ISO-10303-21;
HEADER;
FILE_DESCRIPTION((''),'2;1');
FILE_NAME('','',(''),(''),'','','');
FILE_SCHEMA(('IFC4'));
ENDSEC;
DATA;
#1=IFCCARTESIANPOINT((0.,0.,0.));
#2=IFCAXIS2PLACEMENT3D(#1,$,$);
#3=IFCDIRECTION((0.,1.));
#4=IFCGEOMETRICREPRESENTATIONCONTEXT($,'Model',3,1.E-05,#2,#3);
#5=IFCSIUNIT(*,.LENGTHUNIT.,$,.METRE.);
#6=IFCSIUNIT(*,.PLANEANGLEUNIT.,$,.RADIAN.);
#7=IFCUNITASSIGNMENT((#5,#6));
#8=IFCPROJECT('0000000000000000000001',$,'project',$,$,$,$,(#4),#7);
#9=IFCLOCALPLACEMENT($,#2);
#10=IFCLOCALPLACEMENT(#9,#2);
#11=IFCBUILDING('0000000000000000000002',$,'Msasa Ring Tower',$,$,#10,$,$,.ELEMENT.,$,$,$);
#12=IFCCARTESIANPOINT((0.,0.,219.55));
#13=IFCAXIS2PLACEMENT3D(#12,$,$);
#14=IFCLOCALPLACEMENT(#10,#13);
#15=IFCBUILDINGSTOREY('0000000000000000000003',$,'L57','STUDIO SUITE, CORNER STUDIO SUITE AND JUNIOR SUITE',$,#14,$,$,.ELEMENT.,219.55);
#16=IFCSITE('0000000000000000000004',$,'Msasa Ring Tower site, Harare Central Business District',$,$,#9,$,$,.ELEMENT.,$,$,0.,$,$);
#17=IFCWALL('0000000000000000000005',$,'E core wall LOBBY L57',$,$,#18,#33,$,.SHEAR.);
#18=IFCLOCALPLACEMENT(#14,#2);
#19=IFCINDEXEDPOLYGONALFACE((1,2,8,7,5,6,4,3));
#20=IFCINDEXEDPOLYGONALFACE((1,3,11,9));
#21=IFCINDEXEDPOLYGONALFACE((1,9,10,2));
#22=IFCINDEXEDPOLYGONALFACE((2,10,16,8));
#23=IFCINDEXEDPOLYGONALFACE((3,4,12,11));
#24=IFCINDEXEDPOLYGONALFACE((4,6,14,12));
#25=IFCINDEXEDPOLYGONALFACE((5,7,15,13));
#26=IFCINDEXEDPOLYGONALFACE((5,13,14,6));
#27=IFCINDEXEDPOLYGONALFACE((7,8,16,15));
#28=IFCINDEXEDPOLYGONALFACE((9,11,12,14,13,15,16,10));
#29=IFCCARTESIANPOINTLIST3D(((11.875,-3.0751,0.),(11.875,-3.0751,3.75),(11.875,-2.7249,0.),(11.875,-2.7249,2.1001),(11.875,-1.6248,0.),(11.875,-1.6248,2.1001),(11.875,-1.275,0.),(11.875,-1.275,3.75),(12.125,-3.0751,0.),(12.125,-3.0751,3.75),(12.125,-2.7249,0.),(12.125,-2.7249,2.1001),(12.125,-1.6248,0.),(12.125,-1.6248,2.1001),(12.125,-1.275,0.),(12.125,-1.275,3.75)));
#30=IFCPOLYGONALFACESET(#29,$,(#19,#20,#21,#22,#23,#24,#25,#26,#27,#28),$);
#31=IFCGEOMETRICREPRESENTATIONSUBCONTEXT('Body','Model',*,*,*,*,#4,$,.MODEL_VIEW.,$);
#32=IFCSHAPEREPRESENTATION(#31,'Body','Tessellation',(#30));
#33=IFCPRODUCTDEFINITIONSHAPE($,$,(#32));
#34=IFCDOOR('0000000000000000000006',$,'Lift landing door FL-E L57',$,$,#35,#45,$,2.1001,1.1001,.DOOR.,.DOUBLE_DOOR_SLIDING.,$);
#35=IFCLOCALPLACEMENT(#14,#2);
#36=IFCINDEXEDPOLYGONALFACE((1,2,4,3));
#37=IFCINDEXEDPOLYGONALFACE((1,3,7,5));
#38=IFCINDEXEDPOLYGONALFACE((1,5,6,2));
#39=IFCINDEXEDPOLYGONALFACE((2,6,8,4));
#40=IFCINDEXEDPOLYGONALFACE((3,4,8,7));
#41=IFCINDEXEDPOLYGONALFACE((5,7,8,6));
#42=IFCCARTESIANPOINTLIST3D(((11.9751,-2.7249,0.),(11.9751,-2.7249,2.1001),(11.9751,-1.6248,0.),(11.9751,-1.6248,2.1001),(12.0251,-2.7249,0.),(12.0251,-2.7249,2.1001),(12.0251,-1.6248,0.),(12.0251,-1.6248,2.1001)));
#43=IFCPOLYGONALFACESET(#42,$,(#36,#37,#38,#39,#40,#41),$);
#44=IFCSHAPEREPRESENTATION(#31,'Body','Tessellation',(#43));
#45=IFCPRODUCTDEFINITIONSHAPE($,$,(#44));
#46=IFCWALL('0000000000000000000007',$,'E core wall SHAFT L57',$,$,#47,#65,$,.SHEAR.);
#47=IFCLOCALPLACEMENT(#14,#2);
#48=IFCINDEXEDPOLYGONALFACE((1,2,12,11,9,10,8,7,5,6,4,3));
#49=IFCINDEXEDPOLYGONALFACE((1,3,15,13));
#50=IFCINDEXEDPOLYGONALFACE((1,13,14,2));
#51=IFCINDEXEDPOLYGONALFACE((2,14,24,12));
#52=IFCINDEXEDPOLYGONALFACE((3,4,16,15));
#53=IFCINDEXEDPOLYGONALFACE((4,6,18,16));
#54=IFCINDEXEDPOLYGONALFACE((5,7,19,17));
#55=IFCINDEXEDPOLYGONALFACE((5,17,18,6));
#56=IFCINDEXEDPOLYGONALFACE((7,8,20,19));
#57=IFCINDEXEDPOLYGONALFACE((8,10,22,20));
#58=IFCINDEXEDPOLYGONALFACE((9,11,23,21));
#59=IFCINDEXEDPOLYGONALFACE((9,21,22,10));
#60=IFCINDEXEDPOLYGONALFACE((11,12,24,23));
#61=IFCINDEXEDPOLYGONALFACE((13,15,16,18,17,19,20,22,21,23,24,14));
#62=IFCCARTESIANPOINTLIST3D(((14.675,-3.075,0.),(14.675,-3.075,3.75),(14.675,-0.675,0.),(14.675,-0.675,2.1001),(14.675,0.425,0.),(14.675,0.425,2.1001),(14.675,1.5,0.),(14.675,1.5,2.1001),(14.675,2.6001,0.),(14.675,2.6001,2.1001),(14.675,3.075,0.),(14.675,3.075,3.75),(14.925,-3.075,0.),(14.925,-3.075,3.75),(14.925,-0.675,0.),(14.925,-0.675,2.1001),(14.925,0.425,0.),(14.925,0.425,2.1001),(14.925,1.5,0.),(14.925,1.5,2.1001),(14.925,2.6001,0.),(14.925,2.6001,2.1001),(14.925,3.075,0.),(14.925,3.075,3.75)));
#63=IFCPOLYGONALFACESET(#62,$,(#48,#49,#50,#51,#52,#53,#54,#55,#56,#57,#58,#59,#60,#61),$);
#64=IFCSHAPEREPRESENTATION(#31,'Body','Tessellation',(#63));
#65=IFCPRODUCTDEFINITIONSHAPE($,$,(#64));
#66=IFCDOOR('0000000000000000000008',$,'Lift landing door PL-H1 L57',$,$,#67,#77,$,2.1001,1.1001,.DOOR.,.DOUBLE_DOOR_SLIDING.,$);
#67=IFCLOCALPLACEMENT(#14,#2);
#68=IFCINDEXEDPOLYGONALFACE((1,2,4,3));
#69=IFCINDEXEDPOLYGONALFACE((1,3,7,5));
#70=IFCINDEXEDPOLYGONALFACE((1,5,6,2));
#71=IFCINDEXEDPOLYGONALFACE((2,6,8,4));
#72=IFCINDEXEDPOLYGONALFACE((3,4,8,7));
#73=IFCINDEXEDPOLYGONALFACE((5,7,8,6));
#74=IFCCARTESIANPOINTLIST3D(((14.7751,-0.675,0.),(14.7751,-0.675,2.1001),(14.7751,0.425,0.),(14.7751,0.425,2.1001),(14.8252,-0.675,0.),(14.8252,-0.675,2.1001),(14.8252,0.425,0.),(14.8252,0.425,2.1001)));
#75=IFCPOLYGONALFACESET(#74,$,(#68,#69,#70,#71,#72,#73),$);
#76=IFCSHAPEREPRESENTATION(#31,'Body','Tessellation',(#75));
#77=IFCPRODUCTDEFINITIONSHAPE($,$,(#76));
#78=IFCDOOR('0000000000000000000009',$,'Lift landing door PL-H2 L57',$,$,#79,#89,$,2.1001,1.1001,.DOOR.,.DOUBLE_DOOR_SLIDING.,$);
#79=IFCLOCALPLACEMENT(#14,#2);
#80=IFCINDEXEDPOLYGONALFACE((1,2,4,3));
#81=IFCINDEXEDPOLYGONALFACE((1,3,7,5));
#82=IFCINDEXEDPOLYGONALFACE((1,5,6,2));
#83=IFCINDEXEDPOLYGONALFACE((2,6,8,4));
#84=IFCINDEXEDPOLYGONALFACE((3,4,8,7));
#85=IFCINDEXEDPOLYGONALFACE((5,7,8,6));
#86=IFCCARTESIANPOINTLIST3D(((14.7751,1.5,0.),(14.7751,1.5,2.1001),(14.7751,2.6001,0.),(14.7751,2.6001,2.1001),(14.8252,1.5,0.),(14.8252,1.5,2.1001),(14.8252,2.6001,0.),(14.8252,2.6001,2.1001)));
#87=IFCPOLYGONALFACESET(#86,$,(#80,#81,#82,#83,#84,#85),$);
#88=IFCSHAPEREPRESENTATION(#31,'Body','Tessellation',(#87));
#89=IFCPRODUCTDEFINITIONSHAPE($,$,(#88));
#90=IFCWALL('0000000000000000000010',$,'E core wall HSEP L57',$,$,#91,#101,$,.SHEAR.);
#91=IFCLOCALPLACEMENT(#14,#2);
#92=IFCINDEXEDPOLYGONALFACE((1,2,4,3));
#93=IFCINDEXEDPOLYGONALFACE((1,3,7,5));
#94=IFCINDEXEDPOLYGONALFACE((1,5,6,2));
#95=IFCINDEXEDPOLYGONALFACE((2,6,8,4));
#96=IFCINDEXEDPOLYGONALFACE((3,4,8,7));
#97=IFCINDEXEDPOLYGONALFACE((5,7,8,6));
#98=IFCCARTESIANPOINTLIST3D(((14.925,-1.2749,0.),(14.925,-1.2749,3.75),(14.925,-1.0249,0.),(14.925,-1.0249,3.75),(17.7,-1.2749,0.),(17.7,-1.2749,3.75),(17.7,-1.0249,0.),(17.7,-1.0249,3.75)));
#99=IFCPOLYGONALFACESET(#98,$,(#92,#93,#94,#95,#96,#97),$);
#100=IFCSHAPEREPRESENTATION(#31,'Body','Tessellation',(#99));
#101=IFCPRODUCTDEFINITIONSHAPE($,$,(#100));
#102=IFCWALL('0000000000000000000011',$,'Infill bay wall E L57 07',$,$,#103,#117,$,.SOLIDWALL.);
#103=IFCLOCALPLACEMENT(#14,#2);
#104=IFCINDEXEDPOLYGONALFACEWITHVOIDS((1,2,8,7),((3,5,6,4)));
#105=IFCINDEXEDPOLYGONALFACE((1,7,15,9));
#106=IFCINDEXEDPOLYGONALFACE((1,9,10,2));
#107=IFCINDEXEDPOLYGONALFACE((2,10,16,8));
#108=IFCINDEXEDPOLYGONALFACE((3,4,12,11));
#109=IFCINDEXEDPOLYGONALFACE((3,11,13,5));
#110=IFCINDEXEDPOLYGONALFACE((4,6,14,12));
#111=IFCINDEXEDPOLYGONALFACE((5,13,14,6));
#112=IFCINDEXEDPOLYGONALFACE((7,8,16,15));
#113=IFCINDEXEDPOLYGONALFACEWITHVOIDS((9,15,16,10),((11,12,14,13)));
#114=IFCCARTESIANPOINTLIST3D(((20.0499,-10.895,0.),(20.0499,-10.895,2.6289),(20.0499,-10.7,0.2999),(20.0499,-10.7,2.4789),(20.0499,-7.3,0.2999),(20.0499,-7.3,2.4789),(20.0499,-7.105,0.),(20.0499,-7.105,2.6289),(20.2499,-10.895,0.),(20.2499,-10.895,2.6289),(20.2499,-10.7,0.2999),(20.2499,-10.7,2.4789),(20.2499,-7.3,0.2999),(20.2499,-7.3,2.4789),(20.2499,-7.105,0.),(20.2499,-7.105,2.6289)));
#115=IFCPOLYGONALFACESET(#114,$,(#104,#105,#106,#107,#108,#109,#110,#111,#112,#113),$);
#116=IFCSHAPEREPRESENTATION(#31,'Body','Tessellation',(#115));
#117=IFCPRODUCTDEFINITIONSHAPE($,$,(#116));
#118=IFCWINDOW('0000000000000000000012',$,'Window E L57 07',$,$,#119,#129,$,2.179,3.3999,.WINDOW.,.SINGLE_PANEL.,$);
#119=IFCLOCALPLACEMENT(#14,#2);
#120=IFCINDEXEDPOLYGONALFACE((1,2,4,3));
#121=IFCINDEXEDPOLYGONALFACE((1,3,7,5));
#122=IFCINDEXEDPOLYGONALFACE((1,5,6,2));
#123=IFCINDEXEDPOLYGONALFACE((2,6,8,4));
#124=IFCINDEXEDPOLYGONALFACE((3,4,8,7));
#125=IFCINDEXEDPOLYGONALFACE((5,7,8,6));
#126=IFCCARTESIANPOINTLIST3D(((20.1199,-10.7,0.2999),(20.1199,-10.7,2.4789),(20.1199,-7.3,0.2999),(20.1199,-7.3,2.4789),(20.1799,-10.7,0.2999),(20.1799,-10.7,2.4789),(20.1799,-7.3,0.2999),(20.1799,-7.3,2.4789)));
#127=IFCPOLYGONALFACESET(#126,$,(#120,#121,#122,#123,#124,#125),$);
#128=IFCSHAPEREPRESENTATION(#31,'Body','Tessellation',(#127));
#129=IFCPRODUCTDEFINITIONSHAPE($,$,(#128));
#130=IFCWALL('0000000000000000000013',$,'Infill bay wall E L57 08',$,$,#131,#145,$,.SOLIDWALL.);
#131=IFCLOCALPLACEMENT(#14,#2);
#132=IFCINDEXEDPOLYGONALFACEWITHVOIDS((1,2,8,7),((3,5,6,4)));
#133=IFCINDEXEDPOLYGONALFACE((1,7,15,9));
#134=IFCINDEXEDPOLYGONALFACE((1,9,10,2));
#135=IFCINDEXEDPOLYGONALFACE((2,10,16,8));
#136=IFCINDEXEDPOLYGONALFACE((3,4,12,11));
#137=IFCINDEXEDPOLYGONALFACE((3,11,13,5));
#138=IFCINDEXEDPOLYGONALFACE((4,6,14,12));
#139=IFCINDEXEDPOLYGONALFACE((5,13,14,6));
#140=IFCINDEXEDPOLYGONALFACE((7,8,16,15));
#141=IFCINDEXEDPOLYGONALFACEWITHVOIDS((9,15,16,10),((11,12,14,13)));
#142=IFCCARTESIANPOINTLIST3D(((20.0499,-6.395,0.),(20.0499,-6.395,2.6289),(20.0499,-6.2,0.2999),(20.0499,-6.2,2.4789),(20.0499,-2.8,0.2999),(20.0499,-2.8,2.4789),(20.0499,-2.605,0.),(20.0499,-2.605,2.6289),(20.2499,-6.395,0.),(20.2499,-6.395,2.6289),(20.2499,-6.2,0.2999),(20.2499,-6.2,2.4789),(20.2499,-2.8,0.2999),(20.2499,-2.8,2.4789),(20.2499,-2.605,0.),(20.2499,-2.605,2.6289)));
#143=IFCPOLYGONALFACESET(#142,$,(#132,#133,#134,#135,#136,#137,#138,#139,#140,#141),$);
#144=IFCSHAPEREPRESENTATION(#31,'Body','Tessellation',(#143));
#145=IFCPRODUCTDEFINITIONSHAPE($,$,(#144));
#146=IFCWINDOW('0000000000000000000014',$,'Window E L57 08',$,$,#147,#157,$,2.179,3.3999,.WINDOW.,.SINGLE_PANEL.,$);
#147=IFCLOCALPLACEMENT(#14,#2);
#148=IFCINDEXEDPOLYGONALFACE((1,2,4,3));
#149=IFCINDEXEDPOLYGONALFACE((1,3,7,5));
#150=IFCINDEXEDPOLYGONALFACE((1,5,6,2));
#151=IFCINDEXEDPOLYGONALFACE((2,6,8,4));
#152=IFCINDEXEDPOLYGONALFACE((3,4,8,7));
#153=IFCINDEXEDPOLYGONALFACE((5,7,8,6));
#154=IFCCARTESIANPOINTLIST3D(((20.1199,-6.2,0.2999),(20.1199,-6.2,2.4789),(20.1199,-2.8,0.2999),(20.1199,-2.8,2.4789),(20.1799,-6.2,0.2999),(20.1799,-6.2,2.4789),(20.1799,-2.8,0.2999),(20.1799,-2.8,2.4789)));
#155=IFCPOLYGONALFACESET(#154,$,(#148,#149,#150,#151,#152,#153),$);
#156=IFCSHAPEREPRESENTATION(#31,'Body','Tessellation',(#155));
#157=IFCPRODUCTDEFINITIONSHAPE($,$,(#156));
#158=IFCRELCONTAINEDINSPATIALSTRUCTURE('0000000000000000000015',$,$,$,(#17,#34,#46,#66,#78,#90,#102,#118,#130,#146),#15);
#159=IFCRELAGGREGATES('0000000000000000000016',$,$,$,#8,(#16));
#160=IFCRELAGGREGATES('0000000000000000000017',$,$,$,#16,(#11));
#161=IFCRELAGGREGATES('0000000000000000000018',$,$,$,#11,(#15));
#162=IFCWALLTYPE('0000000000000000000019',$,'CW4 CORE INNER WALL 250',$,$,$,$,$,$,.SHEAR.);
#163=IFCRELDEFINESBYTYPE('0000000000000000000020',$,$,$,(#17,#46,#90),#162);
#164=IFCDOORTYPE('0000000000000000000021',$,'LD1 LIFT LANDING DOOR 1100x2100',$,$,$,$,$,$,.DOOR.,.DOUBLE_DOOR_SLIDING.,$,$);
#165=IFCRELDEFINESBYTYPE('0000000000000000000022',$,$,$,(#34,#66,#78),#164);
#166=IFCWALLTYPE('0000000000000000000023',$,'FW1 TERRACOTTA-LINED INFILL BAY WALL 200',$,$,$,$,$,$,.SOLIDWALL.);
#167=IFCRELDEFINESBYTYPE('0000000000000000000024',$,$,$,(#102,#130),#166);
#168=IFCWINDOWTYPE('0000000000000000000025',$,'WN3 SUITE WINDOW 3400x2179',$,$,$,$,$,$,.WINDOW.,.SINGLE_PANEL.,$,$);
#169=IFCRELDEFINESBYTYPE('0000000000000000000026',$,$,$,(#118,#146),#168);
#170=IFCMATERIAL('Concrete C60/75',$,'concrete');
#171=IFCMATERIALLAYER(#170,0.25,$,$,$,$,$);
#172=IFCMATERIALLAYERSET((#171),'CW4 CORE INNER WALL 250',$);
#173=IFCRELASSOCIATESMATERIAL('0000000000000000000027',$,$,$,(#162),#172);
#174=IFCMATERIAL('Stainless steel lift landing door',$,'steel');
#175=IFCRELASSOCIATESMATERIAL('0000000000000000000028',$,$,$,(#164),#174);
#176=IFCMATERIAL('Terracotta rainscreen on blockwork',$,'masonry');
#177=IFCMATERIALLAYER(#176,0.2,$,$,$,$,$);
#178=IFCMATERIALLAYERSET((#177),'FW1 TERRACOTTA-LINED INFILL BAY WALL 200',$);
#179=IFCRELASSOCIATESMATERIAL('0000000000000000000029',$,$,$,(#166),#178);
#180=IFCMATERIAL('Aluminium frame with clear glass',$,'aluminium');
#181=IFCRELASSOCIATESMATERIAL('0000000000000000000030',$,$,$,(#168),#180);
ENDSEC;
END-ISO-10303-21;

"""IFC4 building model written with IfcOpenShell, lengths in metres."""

from ifc_helpers import new_model, si_unit, direction, frame, frame_2d, origin, place, context, subcontext, project, spatial, rectangle, extrude, material, layer, layer_set, type_object, element, fill, save


model = new_model("IFC4")

# Units and contexts
model_context = context("Model", 3, precision=1e-05, world=origin(), true_north=direction((0.0, 1.0)))
body_context = subcontext(model_context, "Body", "Model", "MODEL_VIEW")
ifc_project = project(units=[si_unit("LENGTHUNIT", "METRE"), si_unit("PLANEANGLEUNIT", "RADIAN")], contexts=[model_context])

# Site, building, storey
site_placement = place(None, origin())
site = spatial("IfcSite", under=ifc_project, at=site_placement, Name="Msasa Ring Tower site, Harare Central Business District", CompositionType="ELEMENT", RefElevation=0.0)
building_placement = place(site_placement, origin())
building = spatial("IfcBuilding", under=site, at=building_placement, Name="Msasa Ring Tower", CompositionType="ELEMENT")
storey_placement = place(building_placement, frame((0.0, 0.0, 219.55)))
storey = spatial("IfcBuildingStorey", under=building, at=storey_placement, Name="L57", Description="STUDIO SUITE, CORNER STUDIO SUITE AND JUNIOR SUITE", CompositionType="ELEMENT", Elevation=219.55)

# Shared definitions
ifc_material_1 = material(Name="Concrete C60/75", Category="concrete")
ifc_layer_1 = layer(ifc_material_1, 0.25)
ifc_layer_set_1 = layer_set([ifc_layer_1], Name="CW4 CORE INNER WALL 250")
wall_type_1 = type_object("IfcWallType", Name="CW4 CORE INNER WALL 250", PredefinedType="SHEAR", material=ifc_layer_set_1)

# Wall, opening, door
wall_1_placement = place(storey_placement, frame((12.0, -3.075, 0.0), z_axis=(0.0, 0.0, 1.0), x_axis=(0.0, 1.0, 0.0)))
wall_1 = element("IfcWall", 1, at=wall_1_placement, inside=storey, type_object=wall_type_1, Name="E core wall LOBBY L57", PredefinedType="SHEAR", context=body_context, shape_type="SweptSolid", body=[
    extrude(rectangle(XDim=1.8, YDim=0.25, at=frame_2d((0.8999, 0.0))), origin(), (0.0, 0.0, 1.0), 3.75),
])
opening_1_placement = place(wall_1_placement, frame((0.3501, 0.0, 0.0)))
opening_1 = element("IfcOpeningElement", 2, at=opening_1_placement, cuts=wall_1, PredefinedType="OPENING", context=body_context, shape_type="SweptSolid", body=[
    extrude(rectangle(XDim=1.1001, YDim=2.1001, at=frame_2d((0.55, 1.05))), frame((0.0, 0.135, 0.0), z_axis=(0.0, -1.0, 0.0), x_axis=(1.0, 0.0, 0.0)), (0.0, 0.0, 1.0), 0.27),
])
ifc_material_2 = material(Name="Stainless steel lift landing door", Category="steel")
door_type_1 = type_object("IfcDoorType", Name="LD1 LIFT LANDING DOOR 1100x2100", OperationType="DOUBLE_DOOR_SLIDING", PredefinedType="DOOR", material=ifc_material_2)
door_1_placement = place(opening_1_placement, origin())
door_1 = element("IfcDoor", 3, at=door_1_placement, inside=storey, type_object=door_type_1, Name="Lift landing door FL-E L57", OperationType="DOUBLE_DOOR_SLIDING", OverallHeight=2.1001, OverallWidth=1.1001, PredefinedType="DOOR", context=body_context, shape_type="SweptSolid", body=[
    extrude(rectangle(XDim=1.1001, YDim=2.1001, at=frame_2d((0.55, 1.05))), frame((0.0, 0.0249, 0.0), z_axis=(0.0, -1.0, 0.0), x_axis=(1.0, 0.0, 0.0)), (0.0, 0.0, 1.0), 0.05),
])
fill(opening_1, door_1)

# Wall, openings, doors
wall_2_placement = place(storey_placement, frame((14.8, -3.075, 0.0), z_axis=(0.0, 0.0, 1.0), x_axis=(0.0, 1.0, 0.0)))
wall_2 = element("IfcWall", 4, at=wall_2_placement, inside=storey, type_object=wall_type_1, Name="E core wall SHAFT L57", PredefinedType="SHEAR", context=body_context, shape_type="SweptSolid", body=[
    extrude(rectangle(XDim=6.1499, YDim=0.25, at=frame_2d((3.075, 0.0))), origin(), (0.0, 0.0, 1.0), 3.75),
])
opening_2_placement = place(wall_2_placement, frame((2.3999, 0.0, 0.0)))
opening_2 = element("IfcOpeningElement", 5, at=opening_2_placement, cuts=wall_2, PredefinedType="OPENING", context=body_context, shape_type="SweptSolid", body=[
    extrude(rectangle(XDim=1.1001, YDim=2.1001, at=frame_2d((0.55, 1.05))), frame((0.0, 0.135, 0.0), z_axis=(0.0, -1.0, 0.0), x_axis=(1.0, 0.0, 0.0)), (0.0, 0.0, 1.0), 0.27),
])
opening_3_placement = place(wall_2_placement, frame((4.575, 0.0, 0.0)))
opening_3 = element("IfcOpeningElement", 6, at=opening_3_placement, cuts=wall_2, PredefinedType="OPENING", context=body_context, shape_type="SweptSolid", body=[
    extrude(rectangle(XDim=1.1001, YDim=2.1001, at=frame_2d((0.55, 1.05))), frame((0.0, 0.135, 0.0), z_axis=(0.0, -1.0, 0.0), x_axis=(1.0, 0.0, 0.0)), (0.0, 0.0, 1.0), 0.27),
])
door_2_placement = place(opening_2_placement, origin())
door_2 = element("IfcDoor", 7, at=door_2_placement, inside=storey, type_object=door_type_1, Name="Lift landing door PL-H1 L57", OperationType="DOUBLE_DOOR_SLIDING", OverallHeight=2.1001, OverallWidth=1.1001, PredefinedType="DOOR", context=body_context, shape_type="SweptSolid", body=[
    extrude(rectangle(XDim=1.1001, YDim=2.1001, at=frame_2d((0.55, 1.05))), frame((0.0, 0.0249, 0.0), z_axis=(0.0, -1.0, 0.0), x_axis=(1.0, 0.0, 0.0)), (0.0, 0.0, 1.0), 0.05),
])
fill(opening_2, door_2)
door_3_placement = place(opening_3_placement, origin())
door_3 = element("IfcDoor", 8, at=door_3_placement, inside=storey, type_object=door_type_1, Name="Lift landing door PL-H2 L57", OperationType="DOUBLE_DOOR_SLIDING", OverallHeight=2.1001, OverallWidth=1.1001, PredefinedType="DOOR", context=body_context, shape_type="SweptSolid", body=[
    extrude(rectangle(XDim=1.1001, YDim=2.1001, at=frame_2d((0.55, 1.05))), frame((0.0, 0.0249, 0.0), z_axis=(0.0, -1.0, 0.0), x_axis=(1.0, 0.0, 0.0)), (0.0, 0.0, 1.0), 0.05),
])
fill(opening_3, door_3)

# Wall
wall_3_placement = place(storey_placement, frame((14.925, -1.1499, 0.0), z_axis=(0.0, 0.0, 1.0), x_axis=(1.0, 0.0, 0.0)))
element("IfcWall", 9, at=wall_3_placement, inside=storey, type_object=wall_type_1, Name="E core wall HSEP L57", PredefinedType="SHEAR", context=body_context, shape_type="SweptSolid", body=[
    extrude(rectangle(XDim=2.7749, YDim=0.25, at=frame_2d((1.3875, 0.0))), origin(), (0.0, 0.0, 1.0), 3.75),
])

# Walls, openings, windows
ifc_material_3 = material(Name="Terracotta rainscreen on blockwork", Category="masonry")
ifc_layer_2 = layer(ifc_material_3, 0.2)
ifc_layer_set_2 = layer_set([ifc_layer_2], Name="FW1 TERRACOTTA-LINED INFILL BAY WALL 200")
wall_type_2 = type_object("IfcWallType", Name="FW1 TERRACOTTA-LINED INFILL BAY WALL 200", PredefinedType="SOLIDWALL", material=ifc_layer_set_2)
wall_4_placement = place(storey_placement, frame((20.1499, -10.895, 0.0), z_axis=(0.0, 0.0, 1.0), x_axis=(0.0, 1.0, 0.0)))
wall_4 = element("IfcWall", 10, at=wall_4_placement, inside=storey, type_object=wall_type_2, Name="Infill bay wall E L57 07", PredefinedType="SOLIDWALL", context=body_context, shape_type="SweptSolid", body=[
    extrude(rectangle(XDim=3.79, YDim=0.2, at=frame_2d((1.895, 0.0))), origin(), (0.0, 0.0, 1.0), 2.6289),
])
opening_4_placement = place(wall_4_placement, frame((0.1951, 0.0, 0.3)))
opening_4 = element("IfcOpeningElement", 11, at=opening_4_placement, cuts=wall_4, PredefinedType="OPENING", context=body_context, shape_type="SweptSolid", body=[
    extrude(rectangle(XDim=3.3999, YDim=2.179, at=frame_2d((1.7, 1.0894))), frame((0.0, 0.1099, 0.0), z_axis=(0.0, -1.0, 0.0), x_axis=(1.0, 0.0, 0.0)), (0.0, 0.0, 1.0), 0.22),
])
ifc_material_4 = material(Name="Aluminium frame with clear glass", Category="aluminium")
window_type = type_object("IfcWindowType", Name="WN3 SUITE WINDOW 3400x2179", PartitioningType="SINGLE_PANEL", PredefinedType="WINDOW", material=ifc_material_4)
window_1_placement = place(opening_4_placement, origin())
window_1 = element("IfcWindow", 12, at=window_1_placement, inside=storey, type_object=window_type, Name="Window E L57 07", OverallHeight=2.179, OverallWidth=3.3999, PartitioningType="SINGLE_PANEL", PredefinedType="WINDOW", context=body_context, shape_type="SweptSolid", body=[
    extrude(rectangle(XDim=3.3999, YDim=2.179, at=frame_2d((1.7, 1.0894))), frame((0.0, 0.03, 0.0), z_axis=(0.0, -1.0, 0.0), x_axis=(1.0, 0.0, 0.0)), (0.0, 0.0, 1.0), 0.0601),
])
fill(opening_4, window_1)
wall_5_placement = place(storey_placement, frame((20.1499, -6.395, 0.0), z_axis=(0.0, 0.0, 1.0), x_axis=(0.0, 1.0, 0.0)))
wall_5 = element("IfcWall", 13, at=wall_5_placement, inside=storey, type_object=wall_type_2, Name="Infill bay wall E L57 08", PredefinedType="SOLIDWALL", context=body_context, shape_type="SweptSolid", body=[
    extrude(rectangle(XDim=3.79, YDim=0.2, at=frame_2d((1.895, 0.0))), origin(), (0.0, 0.0, 1.0), 2.6289),
])
opening_5_placement = place(wall_5_placement, frame((0.1951, 0.0, 0.3)))
opening_5 = element("IfcOpeningElement", 14, at=opening_5_placement, cuts=wall_5, PredefinedType="OPENING", context=body_context, shape_type="SweptSolid", body=[
    extrude(rectangle(XDim=3.3999, YDim=2.179, at=frame_2d((1.7, 1.0894))), frame((0.0, 0.1099, 0.0), z_axis=(0.0, -1.0, 0.0), x_axis=(1.0, 0.0, 0.0)), (0.0, 0.0, 1.0), 0.22),
])
window_2_placement = place(opening_5_placement, origin())
window_2 = element("IfcWindow", 15, at=window_2_placement, inside=storey, type_object=window_type, Name="Window E L57 08", OverallHeight=2.179, OverallWidth=3.3999, PartitioningType="SINGLE_PANEL", PredefinedType="WINDOW", context=body_context, shape_type="SweptSolid", body=[
    extrude(rectangle(XDim=3.3999, YDim=2.179, at=frame_2d((1.7, 1.0894))), frame((0.0, 0.03, 0.0), z_axis=(0.0, -1.0, 0.0), x_axis=(1.0, 0.0, 0.0)), (0.0, 0.0, 1.0), 0.0601),
])
fill(opening_5, window_2)

save(model, "model.ifc")
